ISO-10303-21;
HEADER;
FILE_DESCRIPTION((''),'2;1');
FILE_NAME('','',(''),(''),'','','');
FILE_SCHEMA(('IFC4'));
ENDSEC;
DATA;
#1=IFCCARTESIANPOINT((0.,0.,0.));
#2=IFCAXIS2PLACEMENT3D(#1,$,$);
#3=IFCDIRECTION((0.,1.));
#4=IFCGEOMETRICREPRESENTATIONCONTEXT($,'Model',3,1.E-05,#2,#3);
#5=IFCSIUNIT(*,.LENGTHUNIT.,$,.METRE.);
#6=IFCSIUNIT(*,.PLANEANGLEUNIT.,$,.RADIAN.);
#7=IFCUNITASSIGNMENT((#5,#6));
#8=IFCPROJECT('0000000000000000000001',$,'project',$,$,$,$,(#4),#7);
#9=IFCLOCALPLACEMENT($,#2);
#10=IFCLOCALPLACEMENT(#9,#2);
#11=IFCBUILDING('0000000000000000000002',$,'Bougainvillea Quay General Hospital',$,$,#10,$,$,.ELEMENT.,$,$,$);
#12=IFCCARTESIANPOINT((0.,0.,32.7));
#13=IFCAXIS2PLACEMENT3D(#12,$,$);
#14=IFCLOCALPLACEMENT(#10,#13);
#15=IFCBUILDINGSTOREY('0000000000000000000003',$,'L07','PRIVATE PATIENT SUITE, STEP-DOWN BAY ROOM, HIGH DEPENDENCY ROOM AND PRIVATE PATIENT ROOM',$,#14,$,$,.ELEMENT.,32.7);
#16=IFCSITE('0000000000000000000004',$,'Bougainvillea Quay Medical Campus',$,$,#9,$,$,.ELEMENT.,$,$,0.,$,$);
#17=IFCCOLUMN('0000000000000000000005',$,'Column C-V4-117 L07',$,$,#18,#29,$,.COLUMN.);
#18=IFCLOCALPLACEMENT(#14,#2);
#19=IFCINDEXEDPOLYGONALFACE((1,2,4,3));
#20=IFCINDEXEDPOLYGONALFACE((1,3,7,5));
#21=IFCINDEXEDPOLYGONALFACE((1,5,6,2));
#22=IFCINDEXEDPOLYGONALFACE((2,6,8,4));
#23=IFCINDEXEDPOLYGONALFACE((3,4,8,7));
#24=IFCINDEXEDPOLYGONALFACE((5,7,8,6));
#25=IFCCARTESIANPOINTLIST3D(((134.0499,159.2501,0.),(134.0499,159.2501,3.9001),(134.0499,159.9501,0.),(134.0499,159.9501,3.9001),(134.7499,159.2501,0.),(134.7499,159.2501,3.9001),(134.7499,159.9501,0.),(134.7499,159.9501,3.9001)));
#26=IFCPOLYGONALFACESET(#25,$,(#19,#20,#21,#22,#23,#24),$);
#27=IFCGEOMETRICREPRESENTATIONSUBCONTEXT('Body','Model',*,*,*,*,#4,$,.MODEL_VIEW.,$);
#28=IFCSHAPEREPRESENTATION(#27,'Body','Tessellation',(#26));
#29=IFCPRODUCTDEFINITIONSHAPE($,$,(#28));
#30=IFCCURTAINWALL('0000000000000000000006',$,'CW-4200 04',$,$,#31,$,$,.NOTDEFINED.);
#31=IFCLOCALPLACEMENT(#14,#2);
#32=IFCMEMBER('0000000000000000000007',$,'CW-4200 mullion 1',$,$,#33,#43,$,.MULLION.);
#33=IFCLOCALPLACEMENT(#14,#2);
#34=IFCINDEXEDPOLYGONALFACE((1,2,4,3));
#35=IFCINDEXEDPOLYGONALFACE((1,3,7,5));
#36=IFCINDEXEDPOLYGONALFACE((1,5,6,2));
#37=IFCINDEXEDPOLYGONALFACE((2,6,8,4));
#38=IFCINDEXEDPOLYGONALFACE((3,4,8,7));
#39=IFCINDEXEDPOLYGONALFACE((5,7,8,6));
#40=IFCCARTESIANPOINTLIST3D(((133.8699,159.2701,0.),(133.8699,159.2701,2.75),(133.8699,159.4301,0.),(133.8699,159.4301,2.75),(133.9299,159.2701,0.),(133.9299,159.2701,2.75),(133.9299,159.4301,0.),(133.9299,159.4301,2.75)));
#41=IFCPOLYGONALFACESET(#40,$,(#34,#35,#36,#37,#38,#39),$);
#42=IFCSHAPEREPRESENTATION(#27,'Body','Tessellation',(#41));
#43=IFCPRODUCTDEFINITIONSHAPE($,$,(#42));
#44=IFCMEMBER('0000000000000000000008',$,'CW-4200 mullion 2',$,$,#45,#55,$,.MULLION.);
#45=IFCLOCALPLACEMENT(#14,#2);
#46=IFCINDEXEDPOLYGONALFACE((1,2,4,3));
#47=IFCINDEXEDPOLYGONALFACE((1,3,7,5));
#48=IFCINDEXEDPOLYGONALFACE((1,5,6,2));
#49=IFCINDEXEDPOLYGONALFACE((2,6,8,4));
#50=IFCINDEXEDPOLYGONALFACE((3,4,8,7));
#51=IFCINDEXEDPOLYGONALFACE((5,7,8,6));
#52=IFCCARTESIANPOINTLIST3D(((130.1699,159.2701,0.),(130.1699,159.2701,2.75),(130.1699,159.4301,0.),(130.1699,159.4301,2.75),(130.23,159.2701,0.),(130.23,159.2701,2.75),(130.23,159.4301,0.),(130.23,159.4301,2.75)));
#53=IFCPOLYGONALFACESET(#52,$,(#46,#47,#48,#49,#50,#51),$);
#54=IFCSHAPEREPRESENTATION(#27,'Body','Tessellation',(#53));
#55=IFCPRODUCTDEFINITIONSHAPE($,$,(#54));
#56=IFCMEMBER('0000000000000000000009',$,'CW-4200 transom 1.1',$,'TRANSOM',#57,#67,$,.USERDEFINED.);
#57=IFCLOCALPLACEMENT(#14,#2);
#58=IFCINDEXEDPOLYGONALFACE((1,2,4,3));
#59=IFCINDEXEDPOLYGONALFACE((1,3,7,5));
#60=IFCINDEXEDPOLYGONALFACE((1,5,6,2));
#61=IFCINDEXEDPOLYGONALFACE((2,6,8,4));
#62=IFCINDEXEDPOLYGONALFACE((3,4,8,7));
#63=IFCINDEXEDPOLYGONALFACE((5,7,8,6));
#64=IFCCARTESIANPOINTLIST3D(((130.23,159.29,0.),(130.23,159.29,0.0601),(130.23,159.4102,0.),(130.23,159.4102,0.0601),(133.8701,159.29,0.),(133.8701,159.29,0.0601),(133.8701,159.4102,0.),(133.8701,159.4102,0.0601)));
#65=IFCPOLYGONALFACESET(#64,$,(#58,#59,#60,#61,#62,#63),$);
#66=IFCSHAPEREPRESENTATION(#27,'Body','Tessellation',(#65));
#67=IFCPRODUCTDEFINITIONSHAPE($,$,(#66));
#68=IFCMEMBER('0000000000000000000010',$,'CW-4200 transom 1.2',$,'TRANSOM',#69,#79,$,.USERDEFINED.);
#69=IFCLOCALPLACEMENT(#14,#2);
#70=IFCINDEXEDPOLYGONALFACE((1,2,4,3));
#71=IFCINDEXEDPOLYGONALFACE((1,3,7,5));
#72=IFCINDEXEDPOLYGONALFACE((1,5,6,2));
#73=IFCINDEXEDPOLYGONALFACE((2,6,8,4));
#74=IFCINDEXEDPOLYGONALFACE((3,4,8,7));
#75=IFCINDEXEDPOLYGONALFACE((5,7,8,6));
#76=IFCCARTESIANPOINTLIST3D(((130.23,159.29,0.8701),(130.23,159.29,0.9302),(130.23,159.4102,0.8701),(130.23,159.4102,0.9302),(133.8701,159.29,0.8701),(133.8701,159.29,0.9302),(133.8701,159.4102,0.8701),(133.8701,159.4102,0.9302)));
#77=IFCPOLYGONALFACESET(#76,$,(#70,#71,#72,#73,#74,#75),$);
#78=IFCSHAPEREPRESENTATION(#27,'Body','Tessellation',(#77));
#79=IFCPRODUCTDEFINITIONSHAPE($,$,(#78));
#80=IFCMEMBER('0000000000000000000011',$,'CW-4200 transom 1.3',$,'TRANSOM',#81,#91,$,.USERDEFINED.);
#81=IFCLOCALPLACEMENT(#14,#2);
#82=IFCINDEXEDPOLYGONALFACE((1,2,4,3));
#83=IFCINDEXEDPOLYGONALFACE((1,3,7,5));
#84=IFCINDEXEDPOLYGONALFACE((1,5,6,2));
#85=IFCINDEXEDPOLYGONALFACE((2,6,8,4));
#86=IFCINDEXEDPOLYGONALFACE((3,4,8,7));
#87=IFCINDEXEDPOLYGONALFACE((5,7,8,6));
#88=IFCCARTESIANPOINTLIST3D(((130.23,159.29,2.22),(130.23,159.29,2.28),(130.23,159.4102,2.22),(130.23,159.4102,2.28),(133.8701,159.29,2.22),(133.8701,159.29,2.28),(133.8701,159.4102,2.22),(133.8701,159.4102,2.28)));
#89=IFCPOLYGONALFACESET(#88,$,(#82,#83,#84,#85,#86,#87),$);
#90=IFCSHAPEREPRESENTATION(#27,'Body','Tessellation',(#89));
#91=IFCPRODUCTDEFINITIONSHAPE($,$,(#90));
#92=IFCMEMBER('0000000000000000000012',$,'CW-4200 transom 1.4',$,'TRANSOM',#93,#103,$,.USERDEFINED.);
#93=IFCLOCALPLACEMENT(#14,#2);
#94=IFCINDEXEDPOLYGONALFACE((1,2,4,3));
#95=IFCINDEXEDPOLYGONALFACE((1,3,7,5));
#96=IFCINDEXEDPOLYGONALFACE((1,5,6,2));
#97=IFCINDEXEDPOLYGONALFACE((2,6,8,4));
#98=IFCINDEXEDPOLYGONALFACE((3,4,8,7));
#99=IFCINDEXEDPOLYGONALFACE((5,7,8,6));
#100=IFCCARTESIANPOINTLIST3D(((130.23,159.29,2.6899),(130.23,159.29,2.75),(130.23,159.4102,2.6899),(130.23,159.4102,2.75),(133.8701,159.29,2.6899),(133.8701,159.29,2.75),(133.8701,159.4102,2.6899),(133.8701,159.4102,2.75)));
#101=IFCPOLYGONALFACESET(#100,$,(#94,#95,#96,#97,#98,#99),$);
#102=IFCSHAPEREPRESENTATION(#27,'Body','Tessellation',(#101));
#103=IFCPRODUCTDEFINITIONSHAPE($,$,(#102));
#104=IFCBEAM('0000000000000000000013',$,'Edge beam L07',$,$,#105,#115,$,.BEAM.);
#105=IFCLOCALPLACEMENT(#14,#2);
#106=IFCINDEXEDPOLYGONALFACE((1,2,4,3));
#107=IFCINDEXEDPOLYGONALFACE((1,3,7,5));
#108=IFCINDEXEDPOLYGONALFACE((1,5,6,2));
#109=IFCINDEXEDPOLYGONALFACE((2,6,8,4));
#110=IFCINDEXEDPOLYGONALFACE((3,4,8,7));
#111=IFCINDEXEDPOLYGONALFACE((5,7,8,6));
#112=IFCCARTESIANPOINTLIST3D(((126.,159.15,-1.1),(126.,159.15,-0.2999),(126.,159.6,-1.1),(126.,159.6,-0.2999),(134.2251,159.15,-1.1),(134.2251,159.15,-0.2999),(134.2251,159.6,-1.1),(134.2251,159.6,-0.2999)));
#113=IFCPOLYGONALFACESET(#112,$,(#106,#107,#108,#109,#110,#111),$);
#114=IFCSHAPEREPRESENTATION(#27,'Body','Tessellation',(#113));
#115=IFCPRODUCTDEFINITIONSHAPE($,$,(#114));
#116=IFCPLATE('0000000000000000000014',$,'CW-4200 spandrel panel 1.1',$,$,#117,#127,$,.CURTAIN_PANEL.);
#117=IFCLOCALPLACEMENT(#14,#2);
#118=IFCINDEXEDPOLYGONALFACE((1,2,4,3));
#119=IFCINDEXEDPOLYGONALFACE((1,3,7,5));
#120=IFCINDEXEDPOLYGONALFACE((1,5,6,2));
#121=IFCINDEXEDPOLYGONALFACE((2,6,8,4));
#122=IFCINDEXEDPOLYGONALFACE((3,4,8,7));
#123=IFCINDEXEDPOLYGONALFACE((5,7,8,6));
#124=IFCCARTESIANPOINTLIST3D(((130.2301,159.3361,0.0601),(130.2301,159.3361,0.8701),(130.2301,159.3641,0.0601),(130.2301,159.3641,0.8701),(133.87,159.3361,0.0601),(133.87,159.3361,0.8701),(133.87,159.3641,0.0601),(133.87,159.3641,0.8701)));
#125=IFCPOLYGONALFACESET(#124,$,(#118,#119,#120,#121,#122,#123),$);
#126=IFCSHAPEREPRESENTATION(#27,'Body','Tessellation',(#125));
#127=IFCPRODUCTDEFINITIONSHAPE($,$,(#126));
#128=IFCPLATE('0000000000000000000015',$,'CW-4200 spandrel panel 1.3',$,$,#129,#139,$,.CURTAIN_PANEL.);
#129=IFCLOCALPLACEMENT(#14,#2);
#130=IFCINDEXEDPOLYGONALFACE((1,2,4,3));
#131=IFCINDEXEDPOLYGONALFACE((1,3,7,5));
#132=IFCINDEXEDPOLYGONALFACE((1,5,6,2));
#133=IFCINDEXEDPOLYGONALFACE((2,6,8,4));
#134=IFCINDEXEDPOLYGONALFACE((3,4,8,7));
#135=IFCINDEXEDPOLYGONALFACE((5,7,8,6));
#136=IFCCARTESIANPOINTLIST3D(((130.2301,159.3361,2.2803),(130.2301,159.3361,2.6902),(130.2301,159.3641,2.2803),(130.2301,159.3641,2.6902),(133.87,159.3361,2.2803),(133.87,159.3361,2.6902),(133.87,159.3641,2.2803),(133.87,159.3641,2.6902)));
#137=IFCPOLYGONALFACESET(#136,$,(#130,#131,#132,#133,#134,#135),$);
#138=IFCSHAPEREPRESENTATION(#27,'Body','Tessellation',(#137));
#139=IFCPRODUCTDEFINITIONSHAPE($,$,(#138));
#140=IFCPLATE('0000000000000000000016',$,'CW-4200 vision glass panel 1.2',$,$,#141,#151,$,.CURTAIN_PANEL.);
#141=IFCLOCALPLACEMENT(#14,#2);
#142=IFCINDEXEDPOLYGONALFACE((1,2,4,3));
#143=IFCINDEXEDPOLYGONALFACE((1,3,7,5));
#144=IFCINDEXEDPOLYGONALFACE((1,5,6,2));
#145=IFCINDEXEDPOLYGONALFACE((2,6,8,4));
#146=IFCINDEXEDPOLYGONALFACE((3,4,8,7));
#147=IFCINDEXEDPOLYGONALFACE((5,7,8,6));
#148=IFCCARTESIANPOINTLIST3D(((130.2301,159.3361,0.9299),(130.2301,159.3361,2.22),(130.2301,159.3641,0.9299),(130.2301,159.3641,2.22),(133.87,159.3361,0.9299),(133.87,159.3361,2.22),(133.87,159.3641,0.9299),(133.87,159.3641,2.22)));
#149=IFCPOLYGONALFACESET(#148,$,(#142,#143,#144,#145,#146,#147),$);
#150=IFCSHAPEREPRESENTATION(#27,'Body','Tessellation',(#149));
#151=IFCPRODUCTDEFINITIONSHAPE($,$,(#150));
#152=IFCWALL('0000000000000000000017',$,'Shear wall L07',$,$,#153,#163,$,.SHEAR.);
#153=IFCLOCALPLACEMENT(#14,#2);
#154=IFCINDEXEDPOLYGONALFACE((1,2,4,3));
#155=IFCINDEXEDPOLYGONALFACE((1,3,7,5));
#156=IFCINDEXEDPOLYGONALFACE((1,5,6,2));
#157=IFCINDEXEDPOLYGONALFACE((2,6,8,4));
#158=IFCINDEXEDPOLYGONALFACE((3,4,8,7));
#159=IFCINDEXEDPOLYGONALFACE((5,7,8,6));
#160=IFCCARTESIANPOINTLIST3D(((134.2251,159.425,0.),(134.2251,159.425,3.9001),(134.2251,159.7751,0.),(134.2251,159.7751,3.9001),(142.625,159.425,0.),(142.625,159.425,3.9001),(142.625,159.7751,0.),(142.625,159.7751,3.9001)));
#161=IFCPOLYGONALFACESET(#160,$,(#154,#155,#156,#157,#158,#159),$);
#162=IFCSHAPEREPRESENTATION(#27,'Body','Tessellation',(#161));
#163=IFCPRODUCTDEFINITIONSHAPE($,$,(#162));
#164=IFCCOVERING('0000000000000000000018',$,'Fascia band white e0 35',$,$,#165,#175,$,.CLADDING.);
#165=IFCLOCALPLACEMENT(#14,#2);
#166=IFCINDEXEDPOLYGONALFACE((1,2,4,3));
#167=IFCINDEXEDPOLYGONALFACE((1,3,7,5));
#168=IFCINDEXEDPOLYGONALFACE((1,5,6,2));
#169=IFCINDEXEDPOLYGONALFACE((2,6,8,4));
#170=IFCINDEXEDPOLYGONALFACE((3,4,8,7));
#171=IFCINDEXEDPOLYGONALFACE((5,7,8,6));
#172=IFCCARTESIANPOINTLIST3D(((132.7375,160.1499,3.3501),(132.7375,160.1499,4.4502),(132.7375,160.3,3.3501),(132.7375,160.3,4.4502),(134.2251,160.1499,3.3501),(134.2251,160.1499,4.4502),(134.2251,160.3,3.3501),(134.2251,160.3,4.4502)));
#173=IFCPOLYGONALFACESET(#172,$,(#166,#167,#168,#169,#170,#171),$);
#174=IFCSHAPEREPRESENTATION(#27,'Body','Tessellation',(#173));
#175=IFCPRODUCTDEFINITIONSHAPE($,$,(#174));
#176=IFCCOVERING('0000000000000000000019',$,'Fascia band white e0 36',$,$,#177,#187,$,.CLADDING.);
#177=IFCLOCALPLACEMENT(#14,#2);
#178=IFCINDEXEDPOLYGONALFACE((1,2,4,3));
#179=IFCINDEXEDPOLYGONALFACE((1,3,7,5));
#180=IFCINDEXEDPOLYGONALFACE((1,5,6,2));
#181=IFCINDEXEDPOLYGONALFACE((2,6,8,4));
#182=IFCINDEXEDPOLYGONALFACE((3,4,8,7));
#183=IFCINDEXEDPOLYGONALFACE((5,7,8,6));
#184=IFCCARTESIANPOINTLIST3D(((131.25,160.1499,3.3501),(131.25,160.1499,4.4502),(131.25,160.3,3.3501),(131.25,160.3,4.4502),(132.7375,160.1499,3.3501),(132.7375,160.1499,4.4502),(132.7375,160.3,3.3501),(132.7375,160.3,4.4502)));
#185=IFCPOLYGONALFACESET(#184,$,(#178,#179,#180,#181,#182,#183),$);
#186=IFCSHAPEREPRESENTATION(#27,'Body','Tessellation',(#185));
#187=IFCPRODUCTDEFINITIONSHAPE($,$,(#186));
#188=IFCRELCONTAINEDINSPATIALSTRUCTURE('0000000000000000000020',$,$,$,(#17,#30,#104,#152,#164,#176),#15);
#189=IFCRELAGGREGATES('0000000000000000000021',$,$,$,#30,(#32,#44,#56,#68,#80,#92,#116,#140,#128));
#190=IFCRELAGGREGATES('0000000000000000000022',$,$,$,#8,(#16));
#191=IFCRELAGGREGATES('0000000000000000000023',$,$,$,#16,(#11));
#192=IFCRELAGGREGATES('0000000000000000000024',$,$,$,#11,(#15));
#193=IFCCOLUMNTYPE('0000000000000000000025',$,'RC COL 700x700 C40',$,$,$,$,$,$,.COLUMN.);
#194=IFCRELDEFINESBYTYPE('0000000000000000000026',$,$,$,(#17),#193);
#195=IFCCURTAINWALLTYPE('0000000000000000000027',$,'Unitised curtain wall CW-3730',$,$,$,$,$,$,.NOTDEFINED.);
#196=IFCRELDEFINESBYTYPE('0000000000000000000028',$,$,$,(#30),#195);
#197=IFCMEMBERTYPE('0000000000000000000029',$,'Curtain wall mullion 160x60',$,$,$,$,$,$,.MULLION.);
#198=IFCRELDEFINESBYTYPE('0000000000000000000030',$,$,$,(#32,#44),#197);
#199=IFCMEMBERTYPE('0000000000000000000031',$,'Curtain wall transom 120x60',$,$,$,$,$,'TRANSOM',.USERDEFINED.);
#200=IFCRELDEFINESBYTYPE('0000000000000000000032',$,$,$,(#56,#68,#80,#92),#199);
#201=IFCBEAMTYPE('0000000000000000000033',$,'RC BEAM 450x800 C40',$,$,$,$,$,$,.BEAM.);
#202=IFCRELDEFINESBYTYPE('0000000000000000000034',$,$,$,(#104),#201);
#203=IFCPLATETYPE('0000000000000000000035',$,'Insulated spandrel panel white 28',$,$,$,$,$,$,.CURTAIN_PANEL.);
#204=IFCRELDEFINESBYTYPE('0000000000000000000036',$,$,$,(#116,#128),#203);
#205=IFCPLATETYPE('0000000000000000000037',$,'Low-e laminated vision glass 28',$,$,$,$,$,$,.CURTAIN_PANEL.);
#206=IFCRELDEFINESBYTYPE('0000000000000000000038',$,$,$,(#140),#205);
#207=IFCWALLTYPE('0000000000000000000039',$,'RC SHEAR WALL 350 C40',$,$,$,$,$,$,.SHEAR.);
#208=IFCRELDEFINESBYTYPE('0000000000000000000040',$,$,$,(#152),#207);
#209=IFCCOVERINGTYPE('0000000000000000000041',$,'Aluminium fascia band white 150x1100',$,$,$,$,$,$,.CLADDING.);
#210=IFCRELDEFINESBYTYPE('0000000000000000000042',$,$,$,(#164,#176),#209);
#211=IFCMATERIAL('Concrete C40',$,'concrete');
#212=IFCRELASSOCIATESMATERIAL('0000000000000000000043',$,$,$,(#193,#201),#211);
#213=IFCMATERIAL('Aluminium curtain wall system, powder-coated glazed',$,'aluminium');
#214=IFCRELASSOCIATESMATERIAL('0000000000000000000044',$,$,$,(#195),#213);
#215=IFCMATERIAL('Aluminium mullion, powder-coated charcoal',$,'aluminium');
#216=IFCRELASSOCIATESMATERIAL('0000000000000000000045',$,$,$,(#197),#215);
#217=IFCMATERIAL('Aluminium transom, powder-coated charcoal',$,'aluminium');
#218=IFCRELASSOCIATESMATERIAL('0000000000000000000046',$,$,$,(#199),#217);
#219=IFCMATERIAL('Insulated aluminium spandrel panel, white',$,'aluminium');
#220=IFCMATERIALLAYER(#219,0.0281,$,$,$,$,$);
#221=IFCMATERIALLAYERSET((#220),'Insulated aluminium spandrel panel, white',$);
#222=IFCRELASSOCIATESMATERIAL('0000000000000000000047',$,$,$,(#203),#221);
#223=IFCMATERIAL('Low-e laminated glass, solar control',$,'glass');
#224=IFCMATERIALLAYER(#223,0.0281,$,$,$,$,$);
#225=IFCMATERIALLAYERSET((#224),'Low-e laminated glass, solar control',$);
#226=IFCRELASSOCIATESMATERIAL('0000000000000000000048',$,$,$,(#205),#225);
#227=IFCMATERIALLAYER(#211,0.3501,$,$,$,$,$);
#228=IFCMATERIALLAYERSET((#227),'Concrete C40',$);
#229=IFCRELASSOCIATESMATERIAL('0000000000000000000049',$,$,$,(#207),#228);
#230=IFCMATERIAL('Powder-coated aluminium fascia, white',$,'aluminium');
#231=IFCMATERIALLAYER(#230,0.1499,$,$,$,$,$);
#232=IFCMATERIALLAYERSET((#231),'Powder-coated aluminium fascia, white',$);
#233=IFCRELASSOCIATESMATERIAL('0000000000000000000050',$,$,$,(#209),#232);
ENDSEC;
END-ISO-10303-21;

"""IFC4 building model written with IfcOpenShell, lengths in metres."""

from ifc_helpers import new_model, si_unit, direction, frame, frame_2d, origin, origin_2d, place, context, subcontext, project, spatial, polyline, rectangle, outline, extrude, material, layer, layer_set, material_profile, profile_set, type_object, element, aggregate, save


model = new_model("IFC4")

# Units and contexts
model_context = context("Model", 3, precision=1e-05, world=origin(), true_north=direction((0.0, 1.0)))
body_context = subcontext(model_context, "Body", "Model", "MODEL_VIEW")
ifc_project = project(units=[si_unit("LENGTHUNIT", "METRE"), si_unit("PLANEANGLEUNIT", "RADIAN")], contexts=[model_context])

# Site, building, storey
site_placement = place(None, origin())
site = spatial("IfcSite", under=ifc_project, at=site_placement, Name="Bougainvillea Quay Medical Campus", CompositionType="ELEMENT", RefElevation=0.0)
building_placement = place(site_placement, origin())
building = spatial("IfcBuilding", under=site, at=building_placement, Name="Bougainvillea Quay General Hospital", CompositionType="ELEMENT")
storey_placement = place(building_placement, frame((0.0, 0.0, 32.7)))
storey = spatial("IfcBuildingStorey", under=building, at=storey_placement, Name="L07", Description="PRIVATE PATIENT SUITE, STEP-DOWN BAY ROOM, HIGH DEPENDENCY ROOM AND PRIVATE PATIENT ROOM", CompositionType="ELEMENT", Elevation=32.7)

# Column
ifc_material_1 = material(Name="Concrete C40", Category="concrete")
ifc_material_profile_1 = material_profile(ifc_material_1, rectangle(XDim=0.7, YDim=0.7, at=origin_2d()))
ifc_profile_set_1 = profile_set([ifc_material_profile_1], Name="Concrete C40")
column_type = type_object("IfcColumnType", Name="RC COL 700x700 C40", PredefinedType="COLUMN", material=ifc_profile_set_1)
column_placement = place(storey_placement, frame((134.3999, 159.6001, 0.0), z_axis=(0.0, 0.0, 1.0), x_axis=(1.0, 0.0, 0.0)))
element("IfcColumn", 1, at=column_placement, inside=storey, type_object=column_type, Name="Column C-V4-117 L07", PredefinedType="COLUMN", context=body_context, shape_type="SweptSolid", body=[
    extrude(rectangle(XDim=0.7, YDim=0.7, at=origin_2d()), origin(), (0.0, 0.0, 1.0), 3.9001),
])

# Curtain wall, members
ifc_material_2 = material(Name="Aluminium curtain wall system, powder-coated glazed", Category="aluminium")
curtain_wall_type = type_object("IfcCurtainWallType", Name="Unitised curtain wall CW-3730", PredefinedType="NOTDEFINED", material=ifc_material_2)
curtain_wall_placement = place(storey_placement, origin())
curtain_wall = element("IfcCurtainWall", 2, at=curtain_wall_placement, inside=storey, type_object=curtain_wall_type, Name="CW-4200 04", PredefinedType="NOTDEFINED")
ifc_material_3 = material(Name="Aluminium mullion, powder-coated charcoal", Category="aluminium")
ifc_material_profile_2 = material_profile(ifc_material_3, rectangle(XDim=0.1599, YDim=0.0601, at=origin_2d()))
ifc_profile_set_2 = profile_set([ifc_material_profile_2], Name="Aluminium mullion, powder-coated charcoal")
member_type_1 = type_object("IfcMemberType", Name="Curtain wall mullion 160x60", PredefinedType="MULLION", material=ifc_profile_set_2)
member_1_placement = place(storey_placement, frame((133.8999, 159.3501, 0.0), z_axis=(0.0, 0.0, 1.0), x_axis=(0.0, -1.0, 0.0)))
member_1 = element("IfcMember", 3, at=member_1_placement, type_object=member_type_1, Name="CW-4200 mullion 1", PredefinedType="MULLION", context=body_context, shape_type="SweptSolid", body=[
    extrude(rectangle(XDim=0.1599, YDim=0.0601, at=origin_2d()), origin(), (0.0, 0.0, 1.0), 2.75),
])
member_2_placement = place(storey_placement, frame((130.2, 159.3501, 0.0), z_axis=(0.0, 0.0, 1.0), x_axis=(0.0, -1.0, 0.0)))
member_2 = element("IfcMember", 4, at=member_2_placement, type_object=member_type_1, Name="CW-4200 mullion 2", PredefinedType="MULLION", context=body_context, shape_type="SweptSolid", body=[
    extrude(rectangle(XDim=0.1599, YDim=0.0601, at=origin_2d()), origin(), (0.0, 0.0, 1.0), 2.75),
])
ifc_material_4 = material(Name="Aluminium transom, powder-coated charcoal", Category="aluminium")
ifc_material_profile_3 = material_profile(ifc_material_4, rectangle(XDim=0.1201, YDim=0.0601, at=origin_2d()))
ifc_profile_set_3 = profile_set([ifc_material_profile_3], Name="Aluminium transom, powder-coated charcoal")
member_type_2 = type_object("IfcMemberType", Name="Curtain wall transom 120x60", ElementType="TRANSOM", PredefinedType="USERDEFINED", material=ifc_profile_set_3)
member_3_placement = place(storey_placement, frame((133.8701, 159.3501, 0.03), z_axis=(-1.0, 0.0, 0.0), x_axis=(0.0, -1.0, 0.0)))
member_3 = element("IfcMember", 5, at=member_3_placement, type_object=member_type_2, Name="CW-4200 transom 1.1", ObjectType="TRANSOM", PredefinedType="USERDEFINED", context=body_context, shape_type="SweptSolid", body=[
    extrude(rectangle(XDim=0.1201, YDim=0.0601, at=origin_2d()), origin(), (0.0, 0.0, 1.0), 3.6401),
])
member_4_placement = place(storey_placement, frame((133.8701, 159.3501, 0.9001), z_axis=(-1.0, 0.0, 0.0), x_axis=(0.0, -1.0, 0.0)))
member_4 = element("IfcMember", 6, at=member_4_placement, type_object=member_type_2, Name="CW-4200 transom 1.2", ObjectType="TRANSOM", PredefinedType="USERDEFINED", context=body_context, shape_type="SweptSolid", body=[
    extrude(rectangle(XDim=0.1201, YDim=0.0601, at=origin_2d()), origin(), (0.0, 0.0, 1.0), 3.6401),
])
member_5_placement = place(storey_placement, frame((133.8701, 159.3501, 2.25), z_axis=(-1.0, 0.0, 0.0), x_axis=(0.0, -1.0, 0.0)))
member_5 = element("IfcMember", 7, at=member_5_placement, type_object=member_type_2, Name="CW-4200 transom 1.3", ObjectType="TRANSOM", PredefinedType="USERDEFINED", context=body_context, shape_type="SweptSolid", body=[
    extrude(rectangle(XDim=0.1201, YDim=0.0601, at=origin_2d()), origin(), (0.0, 0.0, 1.0), 3.6401),
])
member_6_placement = place(storey_placement, frame((133.8701, 159.3501, 2.72), z_axis=(-1.0, 0.0, 0.0), x_axis=(0.0, -1.0, 0.0)))
member_6 = element("IfcMember", 8, at=member_6_placement, type_object=member_type_2, Name="CW-4200 transom 1.4", ObjectType="TRANSOM", PredefinedType="USERDEFINED", context=body_context, shape_type="SweptSolid", body=[
    extrude(rectangle(XDim=0.1201, YDim=0.0601, at=origin_2d()), origin(), (0.0, 0.0, 1.0), 3.6401),
])

# Beam
ifc_material_profile_4 = material_profile(ifc_material_1, rectangle(XDim=0.45, YDim=0.8, at=origin_2d()))
ifc_profile_set_4 = profile_set([ifc_material_profile_4], Name="Concrete C40")
beam_type = type_object("IfcBeamType", Name="RC BEAM 450x800 C40", PredefinedType="BEAM", material=ifc_profile_set_4)
beam_placement = place(storey_placement, frame((134.2251, 159.375, -0.7), z_axis=(-1.0, 0.0, 0.0), x_axis=(0.0, -1.0, 0.0)))
element("IfcBeam", 9, at=beam_placement, inside=storey, type_object=beam_type, Name="Edge beam L07", PredefinedType="BEAM", context=body_context, shape_type="SweptSolid", body=[
    extrude(rectangle(XDim=0.45, YDim=0.8, at=origin_2d()), origin(), (0.0, 0.0, 1.0), 8.2251),
])

# Plates
ifc_material_5 = material(Name="Insulated aluminium spandrel panel, white", Category="aluminium")
ifc_layer_1 = layer(ifc_material_5, 0.0281)
ifc_layer_set_1 = layer_set([ifc_layer_1], Name="Insulated aluminium spandrel panel, white")
plate_type_1 = type_object("IfcPlateType", Name="Insulated spandrel panel white 28", PredefinedType="CURTAIN_PANEL", material=ifc_layer_set_1)
plate_1_placement = place(storey_placement, frame((132.05, 159.3501, 0.0601), z_axis=(0.0, 0.0, 1.0), x_axis=(-1.0, 0.0, 0.0)))
plate_1 = element("IfcPlate", 10, at=plate_1_placement, type_object=plate_type_1, Name="CW-4200 spandrel panel 1.1", PredefinedType="CURTAIN_PANEL", context=body_context, shape_type="SweptSolid", body=[
    extrude(rectangle(XDim=3.6399, YDim=0.0281, at=origin_2d()), origin(), (0.0, 0.0, 1.0), 0.8101),
])
plate_2_placement = place(storey_placement, frame((132.05, 159.3501, 2.2803), z_axis=(0.0, 0.0, 1.0), x_axis=(-1.0, 0.0, 0.0)))
plate_2 = element("IfcPlate", 11, at=plate_2_placement, type_object=plate_type_1, Name="CW-4200 spandrel panel 1.3", PredefinedType="CURTAIN_PANEL", context=body_context, shape_type="SweptSolid", body=[
    extrude(rectangle(XDim=3.6399, YDim=0.0281, at=origin_2d()), origin(), (0.0, 0.0, 1.0), 0.4099),
])
ifc_material_6 = material(Name="Low-e laminated glass, solar control", Category="glass")
ifc_layer_2 = layer(ifc_material_6, 0.0281)
ifc_layer_set_2 = layer_set([ifc_layer_2], Name="Low-e laminated glass, solar control")
plate_type_2 = type_object("IfcPlateType", Name="Low-e laminated vision glass 28", PredefinedType="CURTAIN_PANEL", material=ifc_layer_set_2)
plate_3_placement = place(storey_placement, frame((132.05, 159.3501, 0.9299), z_axis=(0.0, 0.0, 1.0), x_axis=(-1.0, 0.0, 0.0)))
plate_3 = element("IfcPlate", 12, at=plate_3_placement, type_object=plate_type_2, Name="CW-4200 vision glass panel 1.2", PredefinedType="CURTAIN_PANEL", context=body_context, shape_type="SweptSolid", body=[
    extrude(rectangle(XDim=3.6399, YDim=0.0281, at=origin_2d()), origin(), (0.0, 0.0, 1.0), 1.29),
])
aggregate(curtain_wall, [member_1, member_2, member_3, member_4, member_5, member_6, plate_1, plate_3, plate_2])

# Wall
ifc_layer_3 = layer(ifc_material_1, 0.3501)
ifc_layer_set_3 = layer_set([ifc_layer_3], Name="Concrete C40")
wall_type = type_object("IfcWallType", Name="RC SHEAR WALL 350 C40", PredefinedType="SHEAR", material=ifc_layer_set_3)
wall_placement = place(storey_placement, frame((134.2251, 159.6001, 0.0), z_axis=(0.0, 0.0, 1.0), x_axis=(1.0, 0.0, 0.0)))
element("IfcWall", 13, at=wall_placement, inside=storey, type_object=wall_type, Name="Shear wall L07", PredefinedType="SHEAR", context=body_context, shape_type="SweptSolid", body=[
    extrude(rectangle(XDim=8.3999, YDim=0.3501, at=frame_2d((4.2, 0.0))), origin(), (0.0, 0.0, 1.0), 3.9001),
])

# Coverings
ifc_material_7 = material(Name="Powder-coated aluminium fascia, white", Category="aluminium")
ifc_layer_4 = layer(ifc_material_7, 0.1499)
ifc_layer_set_4 = layer_set([ifc_layer_4], Name="Powder-coated aluminium fascia, white")
covering_type = type_object("IfcCoveringType", Name="Aluminium fascia band white 150x1100", PredefinedType="CLADDING", material=ifc_layer_set_4)
for number, where, z_axis, x_axis, name in (
    (14, (134.2251, 160.1499, 3.3501), (0.0, 0.0, 1.0), (-1.0, 0.0, 0.0), "Fascia band white e0 35"),
    (15, (132.7375, 160.1499, 3.3501), (0.0, 0.0, 1.0), (-1.0, 0.0, 0.0), "Fascia band white e0 36"),
):
    element("IfcCovering", number, at=place(storey_placement, frame(where, z_axis=z_axis, x_axis=x_axis)), inside=storey, type_object=covering_type, Name=name, PredefinedType="CLADDING", context=body_context, shape_type="SweptSolid", body=[
        extrude(outline(polyline([(0.0, 0.0), (1.4875, 0.0), (1.4875, -0.1501), (0.0, -0.1501), (0.0, 0.0)])), origin(), (0.0, 0.0, 1.0), 1.1001),
    ])

save(model, "model.ifc")
